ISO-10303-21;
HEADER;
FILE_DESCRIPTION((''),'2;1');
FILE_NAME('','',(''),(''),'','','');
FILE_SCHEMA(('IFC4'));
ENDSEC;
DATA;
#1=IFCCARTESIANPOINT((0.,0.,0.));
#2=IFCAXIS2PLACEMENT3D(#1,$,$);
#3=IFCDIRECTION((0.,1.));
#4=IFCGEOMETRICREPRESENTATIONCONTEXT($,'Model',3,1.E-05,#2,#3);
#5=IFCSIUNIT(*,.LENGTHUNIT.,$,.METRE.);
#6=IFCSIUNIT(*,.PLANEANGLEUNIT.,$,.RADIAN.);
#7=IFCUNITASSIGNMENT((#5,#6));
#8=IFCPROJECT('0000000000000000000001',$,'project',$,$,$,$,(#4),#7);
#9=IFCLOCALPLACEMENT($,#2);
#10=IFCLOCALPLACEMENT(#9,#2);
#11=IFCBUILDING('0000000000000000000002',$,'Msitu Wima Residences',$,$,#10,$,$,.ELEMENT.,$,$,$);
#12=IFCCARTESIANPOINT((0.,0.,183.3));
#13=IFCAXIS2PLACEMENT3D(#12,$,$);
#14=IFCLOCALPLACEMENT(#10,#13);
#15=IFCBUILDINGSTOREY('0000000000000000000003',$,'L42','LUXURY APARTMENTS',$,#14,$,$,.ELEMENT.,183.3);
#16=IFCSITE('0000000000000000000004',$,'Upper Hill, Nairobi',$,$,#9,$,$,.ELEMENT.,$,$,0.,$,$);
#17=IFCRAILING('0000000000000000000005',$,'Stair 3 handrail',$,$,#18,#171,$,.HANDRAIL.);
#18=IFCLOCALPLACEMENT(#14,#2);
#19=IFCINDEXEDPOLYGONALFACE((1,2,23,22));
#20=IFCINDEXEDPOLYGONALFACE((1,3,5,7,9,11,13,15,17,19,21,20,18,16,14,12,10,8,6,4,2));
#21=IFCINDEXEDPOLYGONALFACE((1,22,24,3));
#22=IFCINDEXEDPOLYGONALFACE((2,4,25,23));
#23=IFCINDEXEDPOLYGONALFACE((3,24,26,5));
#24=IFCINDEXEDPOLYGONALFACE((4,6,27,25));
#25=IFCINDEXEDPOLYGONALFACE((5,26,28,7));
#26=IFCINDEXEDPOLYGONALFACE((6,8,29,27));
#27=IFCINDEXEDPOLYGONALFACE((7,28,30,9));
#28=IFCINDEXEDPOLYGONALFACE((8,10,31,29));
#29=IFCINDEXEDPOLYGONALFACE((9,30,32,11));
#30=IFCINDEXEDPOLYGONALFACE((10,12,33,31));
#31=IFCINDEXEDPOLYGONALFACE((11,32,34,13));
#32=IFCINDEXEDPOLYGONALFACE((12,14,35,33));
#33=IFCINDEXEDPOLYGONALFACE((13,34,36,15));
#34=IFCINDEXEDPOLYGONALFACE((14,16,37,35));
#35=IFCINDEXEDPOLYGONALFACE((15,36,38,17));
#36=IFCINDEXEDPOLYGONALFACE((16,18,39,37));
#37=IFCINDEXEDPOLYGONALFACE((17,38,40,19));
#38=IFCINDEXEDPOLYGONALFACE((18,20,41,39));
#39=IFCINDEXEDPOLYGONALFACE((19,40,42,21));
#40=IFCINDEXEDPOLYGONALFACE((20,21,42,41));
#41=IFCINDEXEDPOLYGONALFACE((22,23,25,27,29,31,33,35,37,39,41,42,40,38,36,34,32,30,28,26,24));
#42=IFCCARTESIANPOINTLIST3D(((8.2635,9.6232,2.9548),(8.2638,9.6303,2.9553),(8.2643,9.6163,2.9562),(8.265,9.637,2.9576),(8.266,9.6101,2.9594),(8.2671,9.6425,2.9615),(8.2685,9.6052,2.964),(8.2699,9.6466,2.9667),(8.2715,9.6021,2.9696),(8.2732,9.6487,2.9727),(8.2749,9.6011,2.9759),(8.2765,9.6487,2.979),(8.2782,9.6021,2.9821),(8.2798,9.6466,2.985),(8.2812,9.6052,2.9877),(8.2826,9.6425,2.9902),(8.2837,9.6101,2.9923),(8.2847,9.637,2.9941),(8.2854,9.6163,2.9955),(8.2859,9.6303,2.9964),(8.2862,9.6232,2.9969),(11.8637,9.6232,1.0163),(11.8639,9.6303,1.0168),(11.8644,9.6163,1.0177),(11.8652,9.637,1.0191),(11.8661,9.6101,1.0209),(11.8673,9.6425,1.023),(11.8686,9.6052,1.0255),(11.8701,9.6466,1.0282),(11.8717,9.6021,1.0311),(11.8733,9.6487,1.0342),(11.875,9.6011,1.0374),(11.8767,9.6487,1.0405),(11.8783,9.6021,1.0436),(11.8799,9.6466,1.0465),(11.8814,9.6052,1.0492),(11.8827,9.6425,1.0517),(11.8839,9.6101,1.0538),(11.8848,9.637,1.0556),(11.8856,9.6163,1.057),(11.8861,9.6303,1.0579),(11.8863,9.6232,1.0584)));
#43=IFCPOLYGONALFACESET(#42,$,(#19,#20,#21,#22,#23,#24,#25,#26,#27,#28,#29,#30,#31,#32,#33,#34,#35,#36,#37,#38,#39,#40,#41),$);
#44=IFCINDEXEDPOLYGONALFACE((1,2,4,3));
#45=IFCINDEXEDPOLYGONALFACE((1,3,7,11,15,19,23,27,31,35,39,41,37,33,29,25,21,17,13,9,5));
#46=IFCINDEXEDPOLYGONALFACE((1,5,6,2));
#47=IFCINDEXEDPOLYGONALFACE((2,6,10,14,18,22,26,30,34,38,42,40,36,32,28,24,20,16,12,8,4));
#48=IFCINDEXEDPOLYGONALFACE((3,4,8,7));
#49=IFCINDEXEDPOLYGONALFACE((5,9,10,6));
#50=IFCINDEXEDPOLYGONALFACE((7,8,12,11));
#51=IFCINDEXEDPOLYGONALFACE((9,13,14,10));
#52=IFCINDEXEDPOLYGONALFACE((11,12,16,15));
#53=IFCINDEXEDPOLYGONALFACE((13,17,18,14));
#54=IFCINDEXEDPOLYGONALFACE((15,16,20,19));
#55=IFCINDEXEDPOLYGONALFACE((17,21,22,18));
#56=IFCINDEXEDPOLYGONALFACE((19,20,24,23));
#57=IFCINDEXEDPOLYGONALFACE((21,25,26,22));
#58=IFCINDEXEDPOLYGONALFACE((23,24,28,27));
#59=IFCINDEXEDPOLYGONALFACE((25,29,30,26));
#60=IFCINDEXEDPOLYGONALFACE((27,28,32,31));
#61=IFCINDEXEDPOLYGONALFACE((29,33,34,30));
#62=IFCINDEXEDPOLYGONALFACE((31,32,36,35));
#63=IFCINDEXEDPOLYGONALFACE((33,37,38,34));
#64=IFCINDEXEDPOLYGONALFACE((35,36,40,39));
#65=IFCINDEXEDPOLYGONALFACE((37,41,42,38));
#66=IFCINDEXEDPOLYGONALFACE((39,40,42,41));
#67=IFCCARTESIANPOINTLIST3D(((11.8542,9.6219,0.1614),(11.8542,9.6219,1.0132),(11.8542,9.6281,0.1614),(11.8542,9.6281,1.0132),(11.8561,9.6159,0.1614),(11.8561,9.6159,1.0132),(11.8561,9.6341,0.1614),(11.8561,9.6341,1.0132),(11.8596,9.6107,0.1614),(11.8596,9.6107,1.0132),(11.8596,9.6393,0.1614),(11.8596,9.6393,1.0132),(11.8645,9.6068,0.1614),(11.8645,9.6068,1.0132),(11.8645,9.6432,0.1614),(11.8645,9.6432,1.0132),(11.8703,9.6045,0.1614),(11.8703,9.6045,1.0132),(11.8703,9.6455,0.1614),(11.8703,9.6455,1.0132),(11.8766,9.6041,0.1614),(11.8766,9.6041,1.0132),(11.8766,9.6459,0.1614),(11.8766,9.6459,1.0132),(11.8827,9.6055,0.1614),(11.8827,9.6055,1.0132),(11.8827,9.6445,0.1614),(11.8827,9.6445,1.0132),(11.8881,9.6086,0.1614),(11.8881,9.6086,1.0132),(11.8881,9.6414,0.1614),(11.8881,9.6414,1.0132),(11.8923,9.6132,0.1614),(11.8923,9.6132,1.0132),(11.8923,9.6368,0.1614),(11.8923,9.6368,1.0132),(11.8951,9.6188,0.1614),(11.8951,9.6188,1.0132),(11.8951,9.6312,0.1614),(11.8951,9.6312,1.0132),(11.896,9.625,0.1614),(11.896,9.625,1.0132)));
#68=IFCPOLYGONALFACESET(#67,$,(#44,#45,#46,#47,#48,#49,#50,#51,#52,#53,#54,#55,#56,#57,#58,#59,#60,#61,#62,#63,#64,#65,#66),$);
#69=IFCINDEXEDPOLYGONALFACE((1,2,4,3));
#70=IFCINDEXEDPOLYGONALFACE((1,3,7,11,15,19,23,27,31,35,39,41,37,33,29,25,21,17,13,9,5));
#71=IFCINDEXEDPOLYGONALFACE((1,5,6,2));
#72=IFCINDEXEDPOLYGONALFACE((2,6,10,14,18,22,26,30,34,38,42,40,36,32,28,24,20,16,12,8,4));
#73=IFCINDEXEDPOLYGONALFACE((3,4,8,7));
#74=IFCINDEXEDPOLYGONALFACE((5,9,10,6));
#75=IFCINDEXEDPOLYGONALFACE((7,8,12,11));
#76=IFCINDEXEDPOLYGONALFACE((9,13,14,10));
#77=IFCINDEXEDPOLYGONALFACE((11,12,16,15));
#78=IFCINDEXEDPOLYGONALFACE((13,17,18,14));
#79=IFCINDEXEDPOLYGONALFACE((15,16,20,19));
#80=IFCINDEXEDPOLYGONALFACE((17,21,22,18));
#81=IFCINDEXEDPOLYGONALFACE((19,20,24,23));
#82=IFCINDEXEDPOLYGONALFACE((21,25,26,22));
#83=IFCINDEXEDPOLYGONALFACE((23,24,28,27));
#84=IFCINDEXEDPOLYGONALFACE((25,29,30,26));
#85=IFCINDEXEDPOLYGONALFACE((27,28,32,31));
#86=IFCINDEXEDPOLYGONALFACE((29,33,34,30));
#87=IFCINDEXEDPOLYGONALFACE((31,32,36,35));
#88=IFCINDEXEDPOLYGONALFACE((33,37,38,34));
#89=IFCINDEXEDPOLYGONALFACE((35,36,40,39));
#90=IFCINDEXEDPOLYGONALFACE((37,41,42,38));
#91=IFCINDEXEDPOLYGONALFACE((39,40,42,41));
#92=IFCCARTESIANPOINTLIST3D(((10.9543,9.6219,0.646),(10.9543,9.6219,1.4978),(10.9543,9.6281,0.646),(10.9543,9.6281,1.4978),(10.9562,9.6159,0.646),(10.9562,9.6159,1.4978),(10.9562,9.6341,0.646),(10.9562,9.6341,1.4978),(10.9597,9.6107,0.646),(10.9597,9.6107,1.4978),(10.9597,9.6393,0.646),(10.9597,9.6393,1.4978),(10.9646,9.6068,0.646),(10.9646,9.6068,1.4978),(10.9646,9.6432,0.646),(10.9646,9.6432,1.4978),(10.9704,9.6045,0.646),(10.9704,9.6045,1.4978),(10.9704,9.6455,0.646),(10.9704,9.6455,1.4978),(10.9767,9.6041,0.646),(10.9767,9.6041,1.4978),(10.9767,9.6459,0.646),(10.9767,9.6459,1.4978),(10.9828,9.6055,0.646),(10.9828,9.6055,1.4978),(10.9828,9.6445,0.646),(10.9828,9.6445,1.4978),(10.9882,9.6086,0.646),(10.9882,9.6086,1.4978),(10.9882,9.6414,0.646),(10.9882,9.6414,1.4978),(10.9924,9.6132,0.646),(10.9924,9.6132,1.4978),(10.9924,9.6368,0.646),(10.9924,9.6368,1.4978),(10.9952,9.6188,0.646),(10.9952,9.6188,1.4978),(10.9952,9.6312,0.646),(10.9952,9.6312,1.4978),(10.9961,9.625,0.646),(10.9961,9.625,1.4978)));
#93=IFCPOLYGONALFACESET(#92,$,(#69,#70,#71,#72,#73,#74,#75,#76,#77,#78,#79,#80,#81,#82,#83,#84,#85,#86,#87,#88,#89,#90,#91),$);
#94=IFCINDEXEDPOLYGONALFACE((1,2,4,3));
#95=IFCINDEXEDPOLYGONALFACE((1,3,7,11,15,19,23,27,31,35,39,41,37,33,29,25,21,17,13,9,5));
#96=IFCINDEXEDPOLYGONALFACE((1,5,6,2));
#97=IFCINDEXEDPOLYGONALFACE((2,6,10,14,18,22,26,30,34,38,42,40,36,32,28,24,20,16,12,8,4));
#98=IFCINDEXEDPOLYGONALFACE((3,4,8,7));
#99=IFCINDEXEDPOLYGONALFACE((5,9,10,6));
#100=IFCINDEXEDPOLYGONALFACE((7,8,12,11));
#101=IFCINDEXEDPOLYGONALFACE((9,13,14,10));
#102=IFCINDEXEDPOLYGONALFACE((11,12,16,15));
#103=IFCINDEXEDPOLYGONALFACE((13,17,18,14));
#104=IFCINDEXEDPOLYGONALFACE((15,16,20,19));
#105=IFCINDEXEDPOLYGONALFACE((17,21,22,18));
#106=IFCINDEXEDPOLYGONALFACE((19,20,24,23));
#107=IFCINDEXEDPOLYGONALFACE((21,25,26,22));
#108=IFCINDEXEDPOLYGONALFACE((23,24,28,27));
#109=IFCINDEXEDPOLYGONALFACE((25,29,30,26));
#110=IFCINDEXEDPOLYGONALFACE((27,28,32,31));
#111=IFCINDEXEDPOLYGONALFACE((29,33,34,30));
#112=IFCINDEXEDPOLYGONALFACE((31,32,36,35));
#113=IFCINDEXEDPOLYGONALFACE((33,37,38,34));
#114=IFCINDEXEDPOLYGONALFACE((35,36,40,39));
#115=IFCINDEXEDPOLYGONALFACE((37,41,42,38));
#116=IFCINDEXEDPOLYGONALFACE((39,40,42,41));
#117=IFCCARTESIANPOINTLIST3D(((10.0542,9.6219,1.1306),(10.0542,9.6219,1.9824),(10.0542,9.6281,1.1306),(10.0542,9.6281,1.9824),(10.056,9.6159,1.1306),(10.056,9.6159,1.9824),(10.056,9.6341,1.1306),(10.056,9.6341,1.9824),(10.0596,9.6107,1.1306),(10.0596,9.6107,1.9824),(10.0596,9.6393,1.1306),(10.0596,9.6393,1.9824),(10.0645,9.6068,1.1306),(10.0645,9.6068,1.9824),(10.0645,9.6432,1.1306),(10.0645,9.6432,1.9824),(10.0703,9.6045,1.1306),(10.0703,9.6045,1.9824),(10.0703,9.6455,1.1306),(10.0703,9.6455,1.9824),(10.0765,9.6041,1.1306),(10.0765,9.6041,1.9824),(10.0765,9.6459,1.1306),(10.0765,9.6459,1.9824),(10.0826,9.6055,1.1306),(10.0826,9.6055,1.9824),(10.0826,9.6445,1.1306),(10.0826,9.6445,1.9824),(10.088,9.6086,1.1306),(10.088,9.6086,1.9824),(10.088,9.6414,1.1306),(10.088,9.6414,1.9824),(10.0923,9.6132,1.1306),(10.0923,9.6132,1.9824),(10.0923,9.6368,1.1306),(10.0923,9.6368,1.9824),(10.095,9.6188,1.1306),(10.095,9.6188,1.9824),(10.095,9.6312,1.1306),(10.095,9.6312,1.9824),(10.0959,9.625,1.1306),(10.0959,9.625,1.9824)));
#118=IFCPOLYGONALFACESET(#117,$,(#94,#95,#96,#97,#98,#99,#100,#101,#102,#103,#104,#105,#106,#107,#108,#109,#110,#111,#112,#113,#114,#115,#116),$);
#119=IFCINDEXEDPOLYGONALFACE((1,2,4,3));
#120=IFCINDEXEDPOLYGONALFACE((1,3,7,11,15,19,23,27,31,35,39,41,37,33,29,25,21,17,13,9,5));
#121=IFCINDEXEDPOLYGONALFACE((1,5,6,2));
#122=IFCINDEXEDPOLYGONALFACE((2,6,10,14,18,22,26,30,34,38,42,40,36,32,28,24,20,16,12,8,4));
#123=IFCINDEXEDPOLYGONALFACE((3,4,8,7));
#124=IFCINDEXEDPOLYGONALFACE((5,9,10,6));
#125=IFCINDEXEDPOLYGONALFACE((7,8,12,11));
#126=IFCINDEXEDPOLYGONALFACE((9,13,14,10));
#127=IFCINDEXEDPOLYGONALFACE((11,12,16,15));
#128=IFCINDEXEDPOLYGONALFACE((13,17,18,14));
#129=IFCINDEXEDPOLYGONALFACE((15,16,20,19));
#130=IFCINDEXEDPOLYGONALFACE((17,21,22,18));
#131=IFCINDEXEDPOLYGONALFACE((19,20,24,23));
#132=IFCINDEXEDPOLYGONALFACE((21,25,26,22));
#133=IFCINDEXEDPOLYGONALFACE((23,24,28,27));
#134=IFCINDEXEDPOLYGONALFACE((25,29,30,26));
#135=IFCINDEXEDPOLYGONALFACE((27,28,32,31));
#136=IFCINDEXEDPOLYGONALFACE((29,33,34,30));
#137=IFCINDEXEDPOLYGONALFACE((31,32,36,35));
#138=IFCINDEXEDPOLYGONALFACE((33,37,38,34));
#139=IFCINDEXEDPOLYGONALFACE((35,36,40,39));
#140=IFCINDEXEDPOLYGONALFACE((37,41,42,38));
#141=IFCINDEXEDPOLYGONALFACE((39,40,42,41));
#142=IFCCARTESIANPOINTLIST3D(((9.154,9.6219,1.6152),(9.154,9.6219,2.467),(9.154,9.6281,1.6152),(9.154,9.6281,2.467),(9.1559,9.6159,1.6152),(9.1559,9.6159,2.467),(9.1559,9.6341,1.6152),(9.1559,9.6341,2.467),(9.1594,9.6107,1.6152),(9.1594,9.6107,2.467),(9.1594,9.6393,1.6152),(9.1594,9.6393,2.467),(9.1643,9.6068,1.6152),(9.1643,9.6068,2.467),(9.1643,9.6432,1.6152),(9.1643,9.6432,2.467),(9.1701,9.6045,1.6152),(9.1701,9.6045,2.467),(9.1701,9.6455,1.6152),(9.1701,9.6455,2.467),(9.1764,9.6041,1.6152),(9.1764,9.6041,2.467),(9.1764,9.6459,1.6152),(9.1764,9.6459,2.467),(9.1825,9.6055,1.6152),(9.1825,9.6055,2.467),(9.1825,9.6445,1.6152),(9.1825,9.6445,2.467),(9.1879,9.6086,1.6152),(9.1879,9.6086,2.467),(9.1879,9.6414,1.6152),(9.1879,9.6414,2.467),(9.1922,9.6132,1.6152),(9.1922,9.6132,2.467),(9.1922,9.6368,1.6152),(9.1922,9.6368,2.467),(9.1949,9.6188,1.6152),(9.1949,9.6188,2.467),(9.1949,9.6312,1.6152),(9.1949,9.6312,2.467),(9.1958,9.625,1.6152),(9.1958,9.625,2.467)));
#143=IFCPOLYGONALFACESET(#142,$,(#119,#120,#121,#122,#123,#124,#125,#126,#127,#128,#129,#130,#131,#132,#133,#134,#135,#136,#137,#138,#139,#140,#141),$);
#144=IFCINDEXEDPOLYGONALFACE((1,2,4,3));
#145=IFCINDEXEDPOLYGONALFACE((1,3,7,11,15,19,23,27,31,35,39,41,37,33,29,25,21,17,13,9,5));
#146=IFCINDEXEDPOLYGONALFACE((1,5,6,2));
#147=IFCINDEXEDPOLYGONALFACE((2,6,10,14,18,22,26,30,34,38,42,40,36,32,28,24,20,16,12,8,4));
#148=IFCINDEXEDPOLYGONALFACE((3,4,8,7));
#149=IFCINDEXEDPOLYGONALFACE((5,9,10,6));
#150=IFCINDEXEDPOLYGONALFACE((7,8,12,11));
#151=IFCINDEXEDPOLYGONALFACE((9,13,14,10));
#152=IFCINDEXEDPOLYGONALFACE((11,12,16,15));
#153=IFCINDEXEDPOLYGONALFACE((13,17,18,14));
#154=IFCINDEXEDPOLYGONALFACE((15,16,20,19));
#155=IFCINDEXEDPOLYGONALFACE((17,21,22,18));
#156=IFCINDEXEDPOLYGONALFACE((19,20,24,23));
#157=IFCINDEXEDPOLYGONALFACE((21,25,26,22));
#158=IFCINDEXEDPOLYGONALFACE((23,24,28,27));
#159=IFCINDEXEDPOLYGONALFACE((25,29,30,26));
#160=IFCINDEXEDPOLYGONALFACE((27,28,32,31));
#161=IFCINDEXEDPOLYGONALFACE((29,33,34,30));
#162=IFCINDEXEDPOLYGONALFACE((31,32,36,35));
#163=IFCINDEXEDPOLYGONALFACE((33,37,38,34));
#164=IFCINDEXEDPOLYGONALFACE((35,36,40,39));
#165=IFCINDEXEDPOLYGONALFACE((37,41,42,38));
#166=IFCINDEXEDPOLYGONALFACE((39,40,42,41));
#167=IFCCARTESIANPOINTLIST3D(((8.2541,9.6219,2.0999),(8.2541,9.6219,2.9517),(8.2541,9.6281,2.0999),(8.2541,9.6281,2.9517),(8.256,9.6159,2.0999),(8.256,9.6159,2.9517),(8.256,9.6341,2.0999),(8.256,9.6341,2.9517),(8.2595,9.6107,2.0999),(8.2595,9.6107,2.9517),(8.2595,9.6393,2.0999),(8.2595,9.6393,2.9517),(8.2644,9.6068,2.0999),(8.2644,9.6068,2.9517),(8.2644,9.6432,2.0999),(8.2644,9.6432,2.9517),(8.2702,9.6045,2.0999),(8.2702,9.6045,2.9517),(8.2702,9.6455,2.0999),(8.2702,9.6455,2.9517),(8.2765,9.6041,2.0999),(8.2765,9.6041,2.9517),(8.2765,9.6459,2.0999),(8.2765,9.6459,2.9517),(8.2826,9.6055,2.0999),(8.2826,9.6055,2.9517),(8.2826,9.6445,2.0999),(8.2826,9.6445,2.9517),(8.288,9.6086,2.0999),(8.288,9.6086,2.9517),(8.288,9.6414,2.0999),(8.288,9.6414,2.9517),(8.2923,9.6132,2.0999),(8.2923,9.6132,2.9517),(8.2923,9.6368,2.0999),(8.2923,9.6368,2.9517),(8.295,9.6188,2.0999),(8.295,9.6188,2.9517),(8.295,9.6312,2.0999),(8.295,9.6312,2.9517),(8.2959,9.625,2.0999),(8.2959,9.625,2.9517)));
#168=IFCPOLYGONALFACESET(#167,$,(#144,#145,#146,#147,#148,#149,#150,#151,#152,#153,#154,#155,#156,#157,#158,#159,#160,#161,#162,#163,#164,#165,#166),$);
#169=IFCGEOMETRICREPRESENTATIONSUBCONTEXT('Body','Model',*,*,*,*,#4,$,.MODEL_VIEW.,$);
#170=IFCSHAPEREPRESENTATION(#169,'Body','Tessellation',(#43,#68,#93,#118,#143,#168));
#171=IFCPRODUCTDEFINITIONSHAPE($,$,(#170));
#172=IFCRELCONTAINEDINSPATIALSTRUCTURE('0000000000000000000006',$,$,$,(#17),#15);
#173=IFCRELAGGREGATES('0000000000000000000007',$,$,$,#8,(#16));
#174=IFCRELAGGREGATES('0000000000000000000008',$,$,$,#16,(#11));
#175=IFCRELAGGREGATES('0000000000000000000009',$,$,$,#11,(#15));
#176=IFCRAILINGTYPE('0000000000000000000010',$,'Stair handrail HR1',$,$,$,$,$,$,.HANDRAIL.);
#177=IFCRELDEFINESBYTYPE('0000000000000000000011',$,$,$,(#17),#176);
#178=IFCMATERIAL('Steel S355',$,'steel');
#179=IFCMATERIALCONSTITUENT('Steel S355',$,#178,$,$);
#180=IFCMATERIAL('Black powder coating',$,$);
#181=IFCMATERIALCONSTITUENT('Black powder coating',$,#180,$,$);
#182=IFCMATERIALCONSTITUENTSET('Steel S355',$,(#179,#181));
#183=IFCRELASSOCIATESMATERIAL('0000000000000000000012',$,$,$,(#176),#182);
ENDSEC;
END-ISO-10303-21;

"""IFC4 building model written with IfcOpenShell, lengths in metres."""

from ifc_helpers import new_model, si_unit, direction, frame, origin, origin_2d, place, context, subcontext, project, spatial, circle, extrude, material, constituent, constituent_set, type_object, element, save


model = new_model("IFC4")

# Units and contexts
model_context = context("Model", 3, precision=1e-05, world=origin(), true_north=direction((0.0, 1.0)))
body_context = subcontext(model_context, "Body", "Model", "MODEL_VIEW")
ifc_project = project(units=[si_unit("LENGTHUNIT", "METRE"), si_unit("PLANEANGLEUNIT", "RADIAN")], contexts=[model_context])

# Site, building, storey
site_placement = place(None, origin())
site = spatial("IfcSite", under=ifc_project, at=site_placement, Name="Upper Hill, Nairobi", CompositionType="ELEMENT", RefElevation=0.0)
building_placement = place(site_placement, origin())
building = spatial("IfcBuilding", under=site, at=building_placement, Name="Msitu Wima Residences", CompositionType="ELEMENT")
storey_placement = place(building_placement, frame((0.0, 0.0, 183.3)))
storey = spatial("IfcBuildingStorey", under=building, at=storey_placement, Name="L42", Description="LUXURY APARTMENTS", CompositionType="ELEMENT", Elevation=183.3)

# Railing
ifc_material_1 = material(Name="Steel S355", Category="steel")
ifc_constituent_1 = constituent(ifc_material_1, Name="Steel S355")
ifc_material_2 = material(Name="Black powder coating")
ifc_constituent_2 = constituent(ifc_material_2, Name="Black powder coating")
ifc_constituent_set_1 = constituent_set(constituents=[ifc_constituent_1, ifc_constituent_2], Name="Steel S355")
railing_type_1 = type_object("IfcRailingType", Name="Stair handrail HR1", PredefinedType="HANDRAIL", material=ifc_constituent_set_1)
for number, where, name in (
    (1, (11.875, 9.625, 0.1614), "Stair 3 handrail"),
):
    element("IfcRailing", number, at=place(storey_placement, frame(where)), inside=storey, type_object=railing_type_1, Name=name, PredefinedType="HANDRAIL", context=body_context, shape_type="SweptSolid", body=[
        extrude(circle(Radius=0.0239, at=origin_2d()), frame((0.0, 0.0, 0.876), z_axis=(-0.880475, 0.0, 0.474093), x_axis=(0.0, -1.0, 0.0)), (0.0, 0.0, 1.0), 4.0889),
        extrude(circle(Radius=0.021, at=origin_2d()), origin(), (0.0, 0.0, 1.0), 0.8518),
        extrude(circle(Radius=0.021, at=origin_2d()), frame((-0.8999, 0.0, 0.4846)), (0.0, 0.0, 1.0), 0.8518),
        extrude(circle(Radius=0.021, at=origin_2d()), frame((-1.8, 0.0, 0.9692)), (0.0, 0.0, 1.0), 0.8518),
        extrude(circle(Radius=0.021, at=origin_2d()), frame((-2.7002, 0.0, 1.4539)), (0.0, 0.0, 1.0), 0.8518),
        extrude(circle(Radius=0.021, at=origin_2d()), frame((-3.6001, 0.0, 1.9385)), (0.0, 0.0, 1.0), 0.8518),
    ])

save(model, "model.ifc")
